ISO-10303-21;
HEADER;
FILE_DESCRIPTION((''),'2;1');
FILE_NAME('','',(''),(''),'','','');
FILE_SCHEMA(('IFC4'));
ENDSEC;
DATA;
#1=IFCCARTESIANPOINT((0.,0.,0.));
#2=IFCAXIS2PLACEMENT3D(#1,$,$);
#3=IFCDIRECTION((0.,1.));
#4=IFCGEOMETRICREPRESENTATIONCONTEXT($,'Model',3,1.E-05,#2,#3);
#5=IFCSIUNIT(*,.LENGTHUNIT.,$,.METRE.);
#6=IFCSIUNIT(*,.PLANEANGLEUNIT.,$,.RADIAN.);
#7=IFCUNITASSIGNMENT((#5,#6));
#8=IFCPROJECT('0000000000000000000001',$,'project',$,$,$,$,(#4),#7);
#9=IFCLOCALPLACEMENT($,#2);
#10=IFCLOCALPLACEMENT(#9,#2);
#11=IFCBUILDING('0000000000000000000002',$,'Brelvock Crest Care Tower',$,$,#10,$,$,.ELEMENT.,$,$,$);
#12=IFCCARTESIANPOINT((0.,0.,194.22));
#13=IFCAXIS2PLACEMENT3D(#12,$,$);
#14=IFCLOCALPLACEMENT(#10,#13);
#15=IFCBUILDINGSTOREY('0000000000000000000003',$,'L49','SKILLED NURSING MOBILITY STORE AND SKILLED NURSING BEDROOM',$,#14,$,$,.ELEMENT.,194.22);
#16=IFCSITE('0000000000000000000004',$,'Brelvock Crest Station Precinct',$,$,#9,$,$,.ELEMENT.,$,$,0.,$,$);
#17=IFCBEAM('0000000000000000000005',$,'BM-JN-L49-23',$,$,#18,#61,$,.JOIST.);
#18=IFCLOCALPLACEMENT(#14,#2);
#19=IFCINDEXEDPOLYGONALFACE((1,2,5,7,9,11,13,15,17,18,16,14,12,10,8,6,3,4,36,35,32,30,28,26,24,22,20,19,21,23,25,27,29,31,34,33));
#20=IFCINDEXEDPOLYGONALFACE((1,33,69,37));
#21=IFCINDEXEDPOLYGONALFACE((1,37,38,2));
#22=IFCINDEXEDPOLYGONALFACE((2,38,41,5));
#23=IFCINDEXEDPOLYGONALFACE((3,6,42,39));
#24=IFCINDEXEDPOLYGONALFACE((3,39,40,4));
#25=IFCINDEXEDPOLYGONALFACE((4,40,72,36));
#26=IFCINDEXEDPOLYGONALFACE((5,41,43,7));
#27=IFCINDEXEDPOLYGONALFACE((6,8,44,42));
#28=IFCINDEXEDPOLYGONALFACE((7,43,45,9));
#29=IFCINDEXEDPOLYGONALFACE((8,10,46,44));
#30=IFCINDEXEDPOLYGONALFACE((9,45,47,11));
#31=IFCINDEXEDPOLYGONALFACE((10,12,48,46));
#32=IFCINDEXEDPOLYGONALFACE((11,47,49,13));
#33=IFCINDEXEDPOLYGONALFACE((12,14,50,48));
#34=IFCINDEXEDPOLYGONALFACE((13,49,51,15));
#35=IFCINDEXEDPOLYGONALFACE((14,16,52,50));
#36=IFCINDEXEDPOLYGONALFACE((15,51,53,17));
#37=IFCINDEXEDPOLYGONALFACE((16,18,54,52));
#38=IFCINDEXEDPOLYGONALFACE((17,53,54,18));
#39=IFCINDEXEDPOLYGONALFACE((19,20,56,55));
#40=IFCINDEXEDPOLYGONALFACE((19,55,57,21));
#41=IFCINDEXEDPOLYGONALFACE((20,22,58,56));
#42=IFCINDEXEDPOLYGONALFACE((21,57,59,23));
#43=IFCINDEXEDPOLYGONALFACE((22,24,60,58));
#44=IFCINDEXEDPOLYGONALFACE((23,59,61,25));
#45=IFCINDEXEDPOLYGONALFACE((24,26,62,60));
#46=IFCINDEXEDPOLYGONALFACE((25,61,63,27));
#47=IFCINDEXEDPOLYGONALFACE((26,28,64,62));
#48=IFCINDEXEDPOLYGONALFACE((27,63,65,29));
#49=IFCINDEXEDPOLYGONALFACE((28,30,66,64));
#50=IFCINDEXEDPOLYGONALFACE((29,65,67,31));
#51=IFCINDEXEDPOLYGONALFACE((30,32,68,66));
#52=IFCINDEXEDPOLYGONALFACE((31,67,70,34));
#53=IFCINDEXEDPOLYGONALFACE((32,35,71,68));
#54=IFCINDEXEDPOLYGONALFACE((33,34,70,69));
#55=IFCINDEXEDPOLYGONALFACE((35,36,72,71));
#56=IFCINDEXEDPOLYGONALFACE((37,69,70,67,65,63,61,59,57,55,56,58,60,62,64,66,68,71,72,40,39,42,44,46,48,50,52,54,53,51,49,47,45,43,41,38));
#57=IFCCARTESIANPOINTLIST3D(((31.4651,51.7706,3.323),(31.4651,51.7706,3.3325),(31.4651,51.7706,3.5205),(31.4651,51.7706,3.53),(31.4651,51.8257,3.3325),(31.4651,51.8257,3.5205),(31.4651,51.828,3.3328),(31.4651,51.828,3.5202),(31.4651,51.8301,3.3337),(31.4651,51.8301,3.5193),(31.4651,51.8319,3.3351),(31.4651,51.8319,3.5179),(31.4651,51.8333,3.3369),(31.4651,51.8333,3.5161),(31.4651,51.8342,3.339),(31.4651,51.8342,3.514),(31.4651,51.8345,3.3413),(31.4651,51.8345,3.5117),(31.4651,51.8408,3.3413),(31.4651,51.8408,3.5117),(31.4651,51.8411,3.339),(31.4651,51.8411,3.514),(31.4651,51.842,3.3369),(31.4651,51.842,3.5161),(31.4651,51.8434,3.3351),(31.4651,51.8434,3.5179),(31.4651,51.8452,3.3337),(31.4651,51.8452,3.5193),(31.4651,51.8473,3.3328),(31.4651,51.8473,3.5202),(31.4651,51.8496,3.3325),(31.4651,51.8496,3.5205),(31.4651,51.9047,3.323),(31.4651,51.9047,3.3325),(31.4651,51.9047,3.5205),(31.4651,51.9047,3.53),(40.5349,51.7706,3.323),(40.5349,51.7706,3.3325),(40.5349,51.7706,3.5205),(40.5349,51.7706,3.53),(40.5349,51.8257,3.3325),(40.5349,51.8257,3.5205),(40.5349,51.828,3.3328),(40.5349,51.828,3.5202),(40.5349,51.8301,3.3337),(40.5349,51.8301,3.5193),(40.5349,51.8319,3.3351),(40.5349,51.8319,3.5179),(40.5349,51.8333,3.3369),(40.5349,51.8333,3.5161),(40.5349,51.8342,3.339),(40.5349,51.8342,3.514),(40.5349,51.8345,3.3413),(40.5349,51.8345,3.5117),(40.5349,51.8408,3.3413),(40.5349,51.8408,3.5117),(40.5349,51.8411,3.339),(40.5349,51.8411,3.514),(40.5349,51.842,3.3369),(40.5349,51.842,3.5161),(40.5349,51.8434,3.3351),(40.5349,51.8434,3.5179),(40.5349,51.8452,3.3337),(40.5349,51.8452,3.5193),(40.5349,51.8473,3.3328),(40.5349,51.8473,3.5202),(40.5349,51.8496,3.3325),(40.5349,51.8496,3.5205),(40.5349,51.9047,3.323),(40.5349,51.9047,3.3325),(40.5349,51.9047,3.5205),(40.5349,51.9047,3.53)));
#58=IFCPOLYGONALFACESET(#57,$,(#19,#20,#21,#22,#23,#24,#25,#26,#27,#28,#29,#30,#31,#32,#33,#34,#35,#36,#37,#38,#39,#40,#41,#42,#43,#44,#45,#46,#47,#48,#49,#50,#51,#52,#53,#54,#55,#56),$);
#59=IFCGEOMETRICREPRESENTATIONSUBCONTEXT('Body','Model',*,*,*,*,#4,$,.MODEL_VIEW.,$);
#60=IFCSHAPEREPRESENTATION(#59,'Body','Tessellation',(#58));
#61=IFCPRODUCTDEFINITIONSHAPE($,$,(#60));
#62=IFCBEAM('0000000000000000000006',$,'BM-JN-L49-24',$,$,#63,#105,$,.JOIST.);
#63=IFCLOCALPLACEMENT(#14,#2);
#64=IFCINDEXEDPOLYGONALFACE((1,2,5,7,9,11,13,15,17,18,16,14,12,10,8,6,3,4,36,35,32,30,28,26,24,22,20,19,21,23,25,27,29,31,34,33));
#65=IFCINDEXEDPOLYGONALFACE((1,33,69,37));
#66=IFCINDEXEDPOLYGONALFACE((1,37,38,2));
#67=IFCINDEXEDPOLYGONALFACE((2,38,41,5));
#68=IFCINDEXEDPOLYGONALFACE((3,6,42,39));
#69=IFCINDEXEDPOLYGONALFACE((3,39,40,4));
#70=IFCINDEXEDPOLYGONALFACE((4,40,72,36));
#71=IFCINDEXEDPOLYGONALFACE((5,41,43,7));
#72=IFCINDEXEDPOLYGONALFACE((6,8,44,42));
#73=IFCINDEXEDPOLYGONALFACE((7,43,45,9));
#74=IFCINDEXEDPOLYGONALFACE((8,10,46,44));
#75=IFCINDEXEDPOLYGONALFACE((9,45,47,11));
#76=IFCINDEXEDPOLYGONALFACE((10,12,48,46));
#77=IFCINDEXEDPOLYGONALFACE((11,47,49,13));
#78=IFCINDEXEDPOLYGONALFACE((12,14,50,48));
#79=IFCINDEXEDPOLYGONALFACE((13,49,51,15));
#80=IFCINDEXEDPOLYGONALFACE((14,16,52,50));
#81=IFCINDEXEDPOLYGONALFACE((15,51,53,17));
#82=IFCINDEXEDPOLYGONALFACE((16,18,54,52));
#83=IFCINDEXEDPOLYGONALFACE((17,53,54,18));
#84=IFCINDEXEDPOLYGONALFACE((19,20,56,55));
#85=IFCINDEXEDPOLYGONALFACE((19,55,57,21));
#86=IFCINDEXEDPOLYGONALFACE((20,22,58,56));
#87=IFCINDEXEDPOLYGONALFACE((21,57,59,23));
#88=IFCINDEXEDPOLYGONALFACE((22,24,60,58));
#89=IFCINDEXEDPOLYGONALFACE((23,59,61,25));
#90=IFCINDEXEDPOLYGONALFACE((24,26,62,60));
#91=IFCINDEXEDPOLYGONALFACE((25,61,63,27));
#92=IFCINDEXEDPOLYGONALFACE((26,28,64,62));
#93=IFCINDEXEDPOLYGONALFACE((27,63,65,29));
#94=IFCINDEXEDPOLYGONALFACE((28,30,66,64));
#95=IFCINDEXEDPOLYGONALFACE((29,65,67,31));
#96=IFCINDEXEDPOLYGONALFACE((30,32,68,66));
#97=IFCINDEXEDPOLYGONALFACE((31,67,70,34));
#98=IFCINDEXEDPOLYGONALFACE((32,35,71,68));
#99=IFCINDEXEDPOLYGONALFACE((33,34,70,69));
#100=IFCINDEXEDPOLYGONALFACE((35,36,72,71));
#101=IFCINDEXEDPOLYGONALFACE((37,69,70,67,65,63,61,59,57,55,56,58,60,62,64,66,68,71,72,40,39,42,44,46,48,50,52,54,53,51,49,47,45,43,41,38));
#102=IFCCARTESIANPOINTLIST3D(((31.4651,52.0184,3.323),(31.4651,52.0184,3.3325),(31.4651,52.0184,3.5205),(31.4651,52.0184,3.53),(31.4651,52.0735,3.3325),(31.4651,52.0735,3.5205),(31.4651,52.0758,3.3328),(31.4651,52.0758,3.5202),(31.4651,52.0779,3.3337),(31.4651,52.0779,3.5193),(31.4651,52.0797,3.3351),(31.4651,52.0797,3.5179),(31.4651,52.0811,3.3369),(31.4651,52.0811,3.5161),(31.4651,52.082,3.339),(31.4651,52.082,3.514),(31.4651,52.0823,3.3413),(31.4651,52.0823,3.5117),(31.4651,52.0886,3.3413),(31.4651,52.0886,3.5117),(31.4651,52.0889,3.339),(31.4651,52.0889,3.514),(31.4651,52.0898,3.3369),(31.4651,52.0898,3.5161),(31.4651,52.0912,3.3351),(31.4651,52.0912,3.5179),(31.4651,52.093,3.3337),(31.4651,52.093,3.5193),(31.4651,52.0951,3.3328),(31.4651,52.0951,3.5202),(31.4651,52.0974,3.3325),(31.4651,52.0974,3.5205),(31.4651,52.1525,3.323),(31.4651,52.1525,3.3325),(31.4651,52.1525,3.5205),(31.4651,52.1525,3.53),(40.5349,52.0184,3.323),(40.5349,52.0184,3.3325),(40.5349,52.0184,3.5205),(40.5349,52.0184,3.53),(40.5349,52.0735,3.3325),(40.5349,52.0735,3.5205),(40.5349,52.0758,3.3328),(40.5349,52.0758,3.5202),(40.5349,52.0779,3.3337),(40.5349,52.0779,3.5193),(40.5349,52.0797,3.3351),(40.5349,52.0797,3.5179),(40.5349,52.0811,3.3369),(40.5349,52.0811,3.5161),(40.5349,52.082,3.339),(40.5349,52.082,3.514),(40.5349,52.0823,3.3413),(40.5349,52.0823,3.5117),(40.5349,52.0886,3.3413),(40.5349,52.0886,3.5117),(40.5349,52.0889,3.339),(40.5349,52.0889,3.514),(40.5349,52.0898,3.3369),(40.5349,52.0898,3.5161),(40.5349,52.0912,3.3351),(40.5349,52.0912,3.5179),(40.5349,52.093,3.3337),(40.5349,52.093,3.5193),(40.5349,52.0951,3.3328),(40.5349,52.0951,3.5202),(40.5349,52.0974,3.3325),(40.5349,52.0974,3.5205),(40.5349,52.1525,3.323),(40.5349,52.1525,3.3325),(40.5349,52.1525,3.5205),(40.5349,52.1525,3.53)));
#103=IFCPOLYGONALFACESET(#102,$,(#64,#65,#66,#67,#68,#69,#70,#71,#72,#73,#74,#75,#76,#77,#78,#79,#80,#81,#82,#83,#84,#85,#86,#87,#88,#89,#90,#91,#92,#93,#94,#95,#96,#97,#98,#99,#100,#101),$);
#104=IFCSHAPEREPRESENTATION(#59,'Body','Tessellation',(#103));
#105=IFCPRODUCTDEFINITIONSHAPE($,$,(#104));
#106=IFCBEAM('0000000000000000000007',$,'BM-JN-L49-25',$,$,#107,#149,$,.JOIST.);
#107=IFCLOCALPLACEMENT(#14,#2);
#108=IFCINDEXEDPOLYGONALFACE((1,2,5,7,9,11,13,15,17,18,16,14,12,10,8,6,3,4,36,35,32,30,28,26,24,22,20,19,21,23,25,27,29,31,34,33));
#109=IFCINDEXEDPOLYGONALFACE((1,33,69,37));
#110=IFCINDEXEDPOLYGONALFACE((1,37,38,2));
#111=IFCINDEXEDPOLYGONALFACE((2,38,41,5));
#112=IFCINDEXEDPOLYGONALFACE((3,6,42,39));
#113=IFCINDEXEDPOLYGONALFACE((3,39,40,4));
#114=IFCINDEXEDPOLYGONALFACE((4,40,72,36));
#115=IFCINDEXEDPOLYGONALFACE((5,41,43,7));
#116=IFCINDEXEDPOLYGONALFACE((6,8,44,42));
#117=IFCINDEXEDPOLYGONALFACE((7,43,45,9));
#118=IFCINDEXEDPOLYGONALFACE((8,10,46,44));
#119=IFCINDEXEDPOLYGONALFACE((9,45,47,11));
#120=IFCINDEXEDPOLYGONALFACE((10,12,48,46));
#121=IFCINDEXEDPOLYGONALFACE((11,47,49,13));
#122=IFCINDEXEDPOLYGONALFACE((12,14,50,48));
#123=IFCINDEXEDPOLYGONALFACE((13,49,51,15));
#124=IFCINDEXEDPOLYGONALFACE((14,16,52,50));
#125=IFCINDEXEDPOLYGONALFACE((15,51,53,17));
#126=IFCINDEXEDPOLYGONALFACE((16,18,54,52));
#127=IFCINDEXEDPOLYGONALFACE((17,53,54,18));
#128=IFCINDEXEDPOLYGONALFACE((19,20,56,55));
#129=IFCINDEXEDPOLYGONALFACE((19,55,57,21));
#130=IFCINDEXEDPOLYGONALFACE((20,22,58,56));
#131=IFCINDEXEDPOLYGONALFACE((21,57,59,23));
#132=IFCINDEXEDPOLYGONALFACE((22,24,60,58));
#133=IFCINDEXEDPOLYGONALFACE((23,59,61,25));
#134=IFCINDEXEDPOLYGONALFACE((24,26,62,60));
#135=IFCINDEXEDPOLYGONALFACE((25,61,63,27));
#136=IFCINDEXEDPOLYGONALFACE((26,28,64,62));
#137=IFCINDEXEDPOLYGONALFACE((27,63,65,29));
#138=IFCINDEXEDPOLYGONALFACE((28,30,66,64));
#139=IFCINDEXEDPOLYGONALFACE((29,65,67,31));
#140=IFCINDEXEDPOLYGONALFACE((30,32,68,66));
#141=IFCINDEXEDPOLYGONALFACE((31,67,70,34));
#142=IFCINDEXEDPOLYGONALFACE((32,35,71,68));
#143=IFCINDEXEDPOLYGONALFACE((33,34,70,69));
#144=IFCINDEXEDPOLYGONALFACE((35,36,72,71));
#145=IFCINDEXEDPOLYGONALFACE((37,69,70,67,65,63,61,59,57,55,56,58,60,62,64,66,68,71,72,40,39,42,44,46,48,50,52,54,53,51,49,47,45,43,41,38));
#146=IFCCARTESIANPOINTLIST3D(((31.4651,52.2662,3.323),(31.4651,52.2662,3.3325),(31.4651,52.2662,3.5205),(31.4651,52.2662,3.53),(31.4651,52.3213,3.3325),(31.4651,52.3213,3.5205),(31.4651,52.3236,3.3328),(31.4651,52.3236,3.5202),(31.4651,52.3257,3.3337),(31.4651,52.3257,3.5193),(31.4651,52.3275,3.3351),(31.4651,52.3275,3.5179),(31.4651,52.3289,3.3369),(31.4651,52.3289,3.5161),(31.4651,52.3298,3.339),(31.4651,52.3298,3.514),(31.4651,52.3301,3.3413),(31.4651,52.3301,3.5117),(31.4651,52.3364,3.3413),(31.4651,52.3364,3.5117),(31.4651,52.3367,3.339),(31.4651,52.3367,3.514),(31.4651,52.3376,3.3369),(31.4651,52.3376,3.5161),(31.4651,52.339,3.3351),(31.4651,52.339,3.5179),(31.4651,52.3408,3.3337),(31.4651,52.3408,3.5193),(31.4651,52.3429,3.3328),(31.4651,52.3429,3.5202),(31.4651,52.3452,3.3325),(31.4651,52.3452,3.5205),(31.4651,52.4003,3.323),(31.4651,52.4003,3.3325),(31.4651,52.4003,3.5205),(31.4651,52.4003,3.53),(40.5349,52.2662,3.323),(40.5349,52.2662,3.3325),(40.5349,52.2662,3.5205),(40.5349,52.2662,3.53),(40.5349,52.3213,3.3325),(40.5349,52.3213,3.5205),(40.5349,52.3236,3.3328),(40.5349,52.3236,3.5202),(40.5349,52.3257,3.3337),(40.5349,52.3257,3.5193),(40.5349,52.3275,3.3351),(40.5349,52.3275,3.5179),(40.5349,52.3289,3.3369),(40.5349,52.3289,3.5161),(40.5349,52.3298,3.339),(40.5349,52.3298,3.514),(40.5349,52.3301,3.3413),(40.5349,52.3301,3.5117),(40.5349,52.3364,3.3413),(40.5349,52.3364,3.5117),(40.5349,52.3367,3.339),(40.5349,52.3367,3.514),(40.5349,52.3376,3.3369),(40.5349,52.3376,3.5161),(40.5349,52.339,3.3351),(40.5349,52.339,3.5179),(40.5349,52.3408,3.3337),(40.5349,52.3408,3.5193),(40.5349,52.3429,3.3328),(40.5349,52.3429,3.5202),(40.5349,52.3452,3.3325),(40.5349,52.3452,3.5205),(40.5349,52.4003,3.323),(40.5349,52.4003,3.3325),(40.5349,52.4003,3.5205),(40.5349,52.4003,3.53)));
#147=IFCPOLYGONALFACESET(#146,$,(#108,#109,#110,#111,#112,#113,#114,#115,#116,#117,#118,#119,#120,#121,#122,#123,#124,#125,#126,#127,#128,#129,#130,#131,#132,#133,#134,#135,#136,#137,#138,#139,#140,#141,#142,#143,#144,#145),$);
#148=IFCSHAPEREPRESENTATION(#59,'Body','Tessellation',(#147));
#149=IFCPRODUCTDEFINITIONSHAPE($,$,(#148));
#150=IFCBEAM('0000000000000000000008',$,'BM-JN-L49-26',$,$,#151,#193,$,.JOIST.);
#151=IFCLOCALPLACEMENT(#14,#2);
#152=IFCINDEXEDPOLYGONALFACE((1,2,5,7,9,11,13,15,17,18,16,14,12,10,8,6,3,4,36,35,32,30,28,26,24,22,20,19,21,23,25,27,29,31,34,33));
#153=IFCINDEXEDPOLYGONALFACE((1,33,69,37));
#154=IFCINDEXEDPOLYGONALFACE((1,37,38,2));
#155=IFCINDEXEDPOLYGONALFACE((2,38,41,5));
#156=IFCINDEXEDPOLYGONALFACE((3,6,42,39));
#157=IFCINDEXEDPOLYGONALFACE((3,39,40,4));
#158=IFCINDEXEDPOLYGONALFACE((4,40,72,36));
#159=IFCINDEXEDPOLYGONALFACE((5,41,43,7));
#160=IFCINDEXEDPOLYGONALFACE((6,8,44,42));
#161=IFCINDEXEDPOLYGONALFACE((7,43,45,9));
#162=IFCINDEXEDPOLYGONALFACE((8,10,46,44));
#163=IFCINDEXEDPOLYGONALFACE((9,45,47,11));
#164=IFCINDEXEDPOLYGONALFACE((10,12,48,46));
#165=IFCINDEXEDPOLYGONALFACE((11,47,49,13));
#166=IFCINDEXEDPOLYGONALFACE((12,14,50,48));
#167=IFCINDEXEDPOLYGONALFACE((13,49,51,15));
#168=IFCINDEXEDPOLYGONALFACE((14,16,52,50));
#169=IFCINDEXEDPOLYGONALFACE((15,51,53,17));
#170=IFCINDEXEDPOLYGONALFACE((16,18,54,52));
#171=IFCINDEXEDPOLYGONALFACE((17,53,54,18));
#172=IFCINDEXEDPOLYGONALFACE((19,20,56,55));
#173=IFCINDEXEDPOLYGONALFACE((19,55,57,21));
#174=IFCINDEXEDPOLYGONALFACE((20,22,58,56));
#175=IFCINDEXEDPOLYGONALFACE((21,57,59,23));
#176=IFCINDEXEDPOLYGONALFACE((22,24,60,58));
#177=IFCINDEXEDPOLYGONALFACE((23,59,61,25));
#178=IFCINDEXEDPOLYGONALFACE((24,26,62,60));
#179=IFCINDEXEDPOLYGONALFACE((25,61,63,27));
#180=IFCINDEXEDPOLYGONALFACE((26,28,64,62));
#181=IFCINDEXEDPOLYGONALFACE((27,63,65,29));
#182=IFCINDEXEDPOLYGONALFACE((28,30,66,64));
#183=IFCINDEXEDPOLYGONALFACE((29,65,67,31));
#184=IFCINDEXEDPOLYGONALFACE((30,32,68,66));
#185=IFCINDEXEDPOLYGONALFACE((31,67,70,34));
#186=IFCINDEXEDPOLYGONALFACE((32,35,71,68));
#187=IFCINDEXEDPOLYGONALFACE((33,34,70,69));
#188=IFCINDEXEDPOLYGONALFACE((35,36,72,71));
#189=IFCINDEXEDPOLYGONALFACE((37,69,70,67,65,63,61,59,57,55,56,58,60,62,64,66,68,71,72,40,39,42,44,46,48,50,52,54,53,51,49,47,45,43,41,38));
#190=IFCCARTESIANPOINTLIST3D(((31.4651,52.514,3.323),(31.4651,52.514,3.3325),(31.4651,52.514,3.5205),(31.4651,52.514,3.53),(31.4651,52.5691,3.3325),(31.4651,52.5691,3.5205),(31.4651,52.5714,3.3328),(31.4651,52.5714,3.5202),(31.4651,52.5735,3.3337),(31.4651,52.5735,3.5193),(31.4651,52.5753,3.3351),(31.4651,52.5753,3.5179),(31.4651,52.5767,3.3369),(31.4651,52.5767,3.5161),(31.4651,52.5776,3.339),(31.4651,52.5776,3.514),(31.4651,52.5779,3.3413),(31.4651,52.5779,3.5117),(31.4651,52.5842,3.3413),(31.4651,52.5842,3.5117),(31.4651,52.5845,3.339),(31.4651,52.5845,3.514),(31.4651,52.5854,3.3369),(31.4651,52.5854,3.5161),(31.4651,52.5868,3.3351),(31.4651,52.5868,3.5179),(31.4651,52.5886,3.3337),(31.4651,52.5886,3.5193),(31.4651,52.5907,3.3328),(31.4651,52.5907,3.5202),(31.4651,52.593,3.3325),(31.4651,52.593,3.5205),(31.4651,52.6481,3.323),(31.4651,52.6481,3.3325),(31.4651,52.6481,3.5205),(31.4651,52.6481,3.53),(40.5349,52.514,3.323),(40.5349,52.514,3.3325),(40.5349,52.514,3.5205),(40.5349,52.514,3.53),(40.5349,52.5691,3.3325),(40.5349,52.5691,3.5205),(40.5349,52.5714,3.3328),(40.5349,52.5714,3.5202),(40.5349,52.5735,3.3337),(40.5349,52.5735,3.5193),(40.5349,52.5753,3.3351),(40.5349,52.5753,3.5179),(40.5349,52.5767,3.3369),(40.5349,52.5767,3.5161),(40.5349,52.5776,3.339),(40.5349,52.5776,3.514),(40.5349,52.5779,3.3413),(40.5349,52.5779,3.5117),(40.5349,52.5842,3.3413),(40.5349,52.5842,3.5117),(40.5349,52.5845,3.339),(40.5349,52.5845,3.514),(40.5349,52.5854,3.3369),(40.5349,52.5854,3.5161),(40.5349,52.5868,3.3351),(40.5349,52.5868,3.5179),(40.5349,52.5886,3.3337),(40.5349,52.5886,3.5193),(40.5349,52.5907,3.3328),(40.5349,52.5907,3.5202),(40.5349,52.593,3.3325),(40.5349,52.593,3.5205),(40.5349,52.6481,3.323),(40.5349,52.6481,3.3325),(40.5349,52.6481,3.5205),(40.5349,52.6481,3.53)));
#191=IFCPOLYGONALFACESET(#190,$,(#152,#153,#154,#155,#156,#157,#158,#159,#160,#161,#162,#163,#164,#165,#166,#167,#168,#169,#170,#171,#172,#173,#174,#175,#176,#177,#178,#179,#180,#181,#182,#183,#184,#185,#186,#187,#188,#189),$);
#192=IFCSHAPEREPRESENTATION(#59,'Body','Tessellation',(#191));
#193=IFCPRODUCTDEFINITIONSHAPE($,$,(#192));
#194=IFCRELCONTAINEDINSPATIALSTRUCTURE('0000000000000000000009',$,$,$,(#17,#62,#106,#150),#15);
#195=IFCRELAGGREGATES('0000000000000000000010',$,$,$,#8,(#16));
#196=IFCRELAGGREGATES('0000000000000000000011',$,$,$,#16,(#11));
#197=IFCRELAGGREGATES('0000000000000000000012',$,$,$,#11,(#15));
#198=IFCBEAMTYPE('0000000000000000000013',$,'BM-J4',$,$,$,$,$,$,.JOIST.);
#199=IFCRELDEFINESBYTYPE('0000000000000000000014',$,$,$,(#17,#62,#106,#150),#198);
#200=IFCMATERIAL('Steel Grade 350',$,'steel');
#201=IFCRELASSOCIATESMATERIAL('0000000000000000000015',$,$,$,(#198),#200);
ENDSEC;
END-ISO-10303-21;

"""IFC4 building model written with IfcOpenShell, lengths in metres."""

from ifc_helpers import new_model, si_unit, direction, frame, origin, origin_2d, place, context, subcontext, project, spatial, i_section, extrude, source, transform, mapped, material, material_profile, profile_set, type_object, element, save


model = new_model("IFC4")

# Units and contexts
model_context = context("Model", 3, precision=1e-05, world=origin(), true_north=direction((0.0, 1.0)))
body_context = subcontext(model_context, "Body", "Model", "MODEL_VIEW")
ifc_project = project(units=[si_unit("LENGTHUNIT", "METRE"), si_unit("PLANEANGLEUNIT", "RADIAN")], contexts=[model_context])

# Site, building, storey
site_placement = place(None, origin())
site = spatial("IfcSite", under=ifc_project, at=site_placement, Name="Brelvock Crest Station Precinct", CompositionType="ELEMENT", RefElevation=0.0)
building_placement = place(site_placement, origin())
building = spatial("IfcBuilding", under=site, at=building_placement, Name="Brelvock Crest Care Tower", CompositionType="ELEMENT")
storey_placement = place(building_placement, frame((0.0, 0.0, 194.22)))
storey = spatial("IfcBuildingStorey", under=building, at=storey_placement, Name="L49", Description="SKILLED NURSING MOBILITY STORE AND SKILLED NURSING BEDROOM", CompositionType="ELEMENT", Elevation=194.22)

# Shared definitions
ifc_material_1 = material(Name="Steel Grade 350", Category="steel")

# Beams
ifc_material_profile_1 = material_profile(ifc_material_1, i_section(OverallWidth=0.134, OverallDepth=0.207, WebThickness=0.0063, FlangeThickness=0.0095, FilletRadius=0.0088, at=origin_2d()), Name="200UB29.8")
ifc_profile_set_1 = profile_set([ifc_material_profile_1], Name="Steel Grade 350")
beam_type_1 = type_object("IfcBeamType", Name="BM-J4", PredefinedType="JOIST", material=ifc_profile_set_1)
shared_shape_1 = source(origin(), body_context, "Body", "SweptSolid", [
    extrude(i_section(OverallWidth=0.134, OverallDepth=0.207, WebThickness=0.0063, FlangeThickness=0.0095, FilletRadius=0.0088, at=origin_2d()), origin(), (0.0, 0.0, 1.0), 9.0698),
])
for number, where, z_axis, x_axis, name in (
    (1, (31.4651, 51.8376, 3.4265), (1.0, 0.0, 0.0), (0.0, 1.0, 0.0), "BM-JN-L49-23"),
    (2, (31.4651, 52.0854, 3.4265), (1.0, 0.0, 0.0), (0.0, 1.0, 0.0), "BM-JN-L49-24"),
    (3, (31.4651, 52.3333, 3.4265), (1.0, 0.0, 0.0), (0.0, 1.0, 0.0), "BM-JN-L49-25"),
    (4, (31.4651, 52.5811, 3.4265), (1.0, 0.0, 0.0), (0.0, 1.0, 0.0), "BM-JN-L49-26"),
):
    element("IfcBeam", number, at=place(storey_placement, frame(where, z_axis=z_axis, x_axis=x_axis)), inside=storey, type_object=beam_type_1, Name=name, PredefinedType="JOIST", context=body_context, shape_type="MappedRepresentation", body=[
        mapped(shared_shape_1, transform((0.0, 0.0, 0.0), x_axis=(1.0, 0.0, 0.0), y_axis=(0.0, 1.0, 0.0), z_axis=(0.0, 0.0, 1.0), scale=1.0)),
    ])

save(model, "model.ifc")
